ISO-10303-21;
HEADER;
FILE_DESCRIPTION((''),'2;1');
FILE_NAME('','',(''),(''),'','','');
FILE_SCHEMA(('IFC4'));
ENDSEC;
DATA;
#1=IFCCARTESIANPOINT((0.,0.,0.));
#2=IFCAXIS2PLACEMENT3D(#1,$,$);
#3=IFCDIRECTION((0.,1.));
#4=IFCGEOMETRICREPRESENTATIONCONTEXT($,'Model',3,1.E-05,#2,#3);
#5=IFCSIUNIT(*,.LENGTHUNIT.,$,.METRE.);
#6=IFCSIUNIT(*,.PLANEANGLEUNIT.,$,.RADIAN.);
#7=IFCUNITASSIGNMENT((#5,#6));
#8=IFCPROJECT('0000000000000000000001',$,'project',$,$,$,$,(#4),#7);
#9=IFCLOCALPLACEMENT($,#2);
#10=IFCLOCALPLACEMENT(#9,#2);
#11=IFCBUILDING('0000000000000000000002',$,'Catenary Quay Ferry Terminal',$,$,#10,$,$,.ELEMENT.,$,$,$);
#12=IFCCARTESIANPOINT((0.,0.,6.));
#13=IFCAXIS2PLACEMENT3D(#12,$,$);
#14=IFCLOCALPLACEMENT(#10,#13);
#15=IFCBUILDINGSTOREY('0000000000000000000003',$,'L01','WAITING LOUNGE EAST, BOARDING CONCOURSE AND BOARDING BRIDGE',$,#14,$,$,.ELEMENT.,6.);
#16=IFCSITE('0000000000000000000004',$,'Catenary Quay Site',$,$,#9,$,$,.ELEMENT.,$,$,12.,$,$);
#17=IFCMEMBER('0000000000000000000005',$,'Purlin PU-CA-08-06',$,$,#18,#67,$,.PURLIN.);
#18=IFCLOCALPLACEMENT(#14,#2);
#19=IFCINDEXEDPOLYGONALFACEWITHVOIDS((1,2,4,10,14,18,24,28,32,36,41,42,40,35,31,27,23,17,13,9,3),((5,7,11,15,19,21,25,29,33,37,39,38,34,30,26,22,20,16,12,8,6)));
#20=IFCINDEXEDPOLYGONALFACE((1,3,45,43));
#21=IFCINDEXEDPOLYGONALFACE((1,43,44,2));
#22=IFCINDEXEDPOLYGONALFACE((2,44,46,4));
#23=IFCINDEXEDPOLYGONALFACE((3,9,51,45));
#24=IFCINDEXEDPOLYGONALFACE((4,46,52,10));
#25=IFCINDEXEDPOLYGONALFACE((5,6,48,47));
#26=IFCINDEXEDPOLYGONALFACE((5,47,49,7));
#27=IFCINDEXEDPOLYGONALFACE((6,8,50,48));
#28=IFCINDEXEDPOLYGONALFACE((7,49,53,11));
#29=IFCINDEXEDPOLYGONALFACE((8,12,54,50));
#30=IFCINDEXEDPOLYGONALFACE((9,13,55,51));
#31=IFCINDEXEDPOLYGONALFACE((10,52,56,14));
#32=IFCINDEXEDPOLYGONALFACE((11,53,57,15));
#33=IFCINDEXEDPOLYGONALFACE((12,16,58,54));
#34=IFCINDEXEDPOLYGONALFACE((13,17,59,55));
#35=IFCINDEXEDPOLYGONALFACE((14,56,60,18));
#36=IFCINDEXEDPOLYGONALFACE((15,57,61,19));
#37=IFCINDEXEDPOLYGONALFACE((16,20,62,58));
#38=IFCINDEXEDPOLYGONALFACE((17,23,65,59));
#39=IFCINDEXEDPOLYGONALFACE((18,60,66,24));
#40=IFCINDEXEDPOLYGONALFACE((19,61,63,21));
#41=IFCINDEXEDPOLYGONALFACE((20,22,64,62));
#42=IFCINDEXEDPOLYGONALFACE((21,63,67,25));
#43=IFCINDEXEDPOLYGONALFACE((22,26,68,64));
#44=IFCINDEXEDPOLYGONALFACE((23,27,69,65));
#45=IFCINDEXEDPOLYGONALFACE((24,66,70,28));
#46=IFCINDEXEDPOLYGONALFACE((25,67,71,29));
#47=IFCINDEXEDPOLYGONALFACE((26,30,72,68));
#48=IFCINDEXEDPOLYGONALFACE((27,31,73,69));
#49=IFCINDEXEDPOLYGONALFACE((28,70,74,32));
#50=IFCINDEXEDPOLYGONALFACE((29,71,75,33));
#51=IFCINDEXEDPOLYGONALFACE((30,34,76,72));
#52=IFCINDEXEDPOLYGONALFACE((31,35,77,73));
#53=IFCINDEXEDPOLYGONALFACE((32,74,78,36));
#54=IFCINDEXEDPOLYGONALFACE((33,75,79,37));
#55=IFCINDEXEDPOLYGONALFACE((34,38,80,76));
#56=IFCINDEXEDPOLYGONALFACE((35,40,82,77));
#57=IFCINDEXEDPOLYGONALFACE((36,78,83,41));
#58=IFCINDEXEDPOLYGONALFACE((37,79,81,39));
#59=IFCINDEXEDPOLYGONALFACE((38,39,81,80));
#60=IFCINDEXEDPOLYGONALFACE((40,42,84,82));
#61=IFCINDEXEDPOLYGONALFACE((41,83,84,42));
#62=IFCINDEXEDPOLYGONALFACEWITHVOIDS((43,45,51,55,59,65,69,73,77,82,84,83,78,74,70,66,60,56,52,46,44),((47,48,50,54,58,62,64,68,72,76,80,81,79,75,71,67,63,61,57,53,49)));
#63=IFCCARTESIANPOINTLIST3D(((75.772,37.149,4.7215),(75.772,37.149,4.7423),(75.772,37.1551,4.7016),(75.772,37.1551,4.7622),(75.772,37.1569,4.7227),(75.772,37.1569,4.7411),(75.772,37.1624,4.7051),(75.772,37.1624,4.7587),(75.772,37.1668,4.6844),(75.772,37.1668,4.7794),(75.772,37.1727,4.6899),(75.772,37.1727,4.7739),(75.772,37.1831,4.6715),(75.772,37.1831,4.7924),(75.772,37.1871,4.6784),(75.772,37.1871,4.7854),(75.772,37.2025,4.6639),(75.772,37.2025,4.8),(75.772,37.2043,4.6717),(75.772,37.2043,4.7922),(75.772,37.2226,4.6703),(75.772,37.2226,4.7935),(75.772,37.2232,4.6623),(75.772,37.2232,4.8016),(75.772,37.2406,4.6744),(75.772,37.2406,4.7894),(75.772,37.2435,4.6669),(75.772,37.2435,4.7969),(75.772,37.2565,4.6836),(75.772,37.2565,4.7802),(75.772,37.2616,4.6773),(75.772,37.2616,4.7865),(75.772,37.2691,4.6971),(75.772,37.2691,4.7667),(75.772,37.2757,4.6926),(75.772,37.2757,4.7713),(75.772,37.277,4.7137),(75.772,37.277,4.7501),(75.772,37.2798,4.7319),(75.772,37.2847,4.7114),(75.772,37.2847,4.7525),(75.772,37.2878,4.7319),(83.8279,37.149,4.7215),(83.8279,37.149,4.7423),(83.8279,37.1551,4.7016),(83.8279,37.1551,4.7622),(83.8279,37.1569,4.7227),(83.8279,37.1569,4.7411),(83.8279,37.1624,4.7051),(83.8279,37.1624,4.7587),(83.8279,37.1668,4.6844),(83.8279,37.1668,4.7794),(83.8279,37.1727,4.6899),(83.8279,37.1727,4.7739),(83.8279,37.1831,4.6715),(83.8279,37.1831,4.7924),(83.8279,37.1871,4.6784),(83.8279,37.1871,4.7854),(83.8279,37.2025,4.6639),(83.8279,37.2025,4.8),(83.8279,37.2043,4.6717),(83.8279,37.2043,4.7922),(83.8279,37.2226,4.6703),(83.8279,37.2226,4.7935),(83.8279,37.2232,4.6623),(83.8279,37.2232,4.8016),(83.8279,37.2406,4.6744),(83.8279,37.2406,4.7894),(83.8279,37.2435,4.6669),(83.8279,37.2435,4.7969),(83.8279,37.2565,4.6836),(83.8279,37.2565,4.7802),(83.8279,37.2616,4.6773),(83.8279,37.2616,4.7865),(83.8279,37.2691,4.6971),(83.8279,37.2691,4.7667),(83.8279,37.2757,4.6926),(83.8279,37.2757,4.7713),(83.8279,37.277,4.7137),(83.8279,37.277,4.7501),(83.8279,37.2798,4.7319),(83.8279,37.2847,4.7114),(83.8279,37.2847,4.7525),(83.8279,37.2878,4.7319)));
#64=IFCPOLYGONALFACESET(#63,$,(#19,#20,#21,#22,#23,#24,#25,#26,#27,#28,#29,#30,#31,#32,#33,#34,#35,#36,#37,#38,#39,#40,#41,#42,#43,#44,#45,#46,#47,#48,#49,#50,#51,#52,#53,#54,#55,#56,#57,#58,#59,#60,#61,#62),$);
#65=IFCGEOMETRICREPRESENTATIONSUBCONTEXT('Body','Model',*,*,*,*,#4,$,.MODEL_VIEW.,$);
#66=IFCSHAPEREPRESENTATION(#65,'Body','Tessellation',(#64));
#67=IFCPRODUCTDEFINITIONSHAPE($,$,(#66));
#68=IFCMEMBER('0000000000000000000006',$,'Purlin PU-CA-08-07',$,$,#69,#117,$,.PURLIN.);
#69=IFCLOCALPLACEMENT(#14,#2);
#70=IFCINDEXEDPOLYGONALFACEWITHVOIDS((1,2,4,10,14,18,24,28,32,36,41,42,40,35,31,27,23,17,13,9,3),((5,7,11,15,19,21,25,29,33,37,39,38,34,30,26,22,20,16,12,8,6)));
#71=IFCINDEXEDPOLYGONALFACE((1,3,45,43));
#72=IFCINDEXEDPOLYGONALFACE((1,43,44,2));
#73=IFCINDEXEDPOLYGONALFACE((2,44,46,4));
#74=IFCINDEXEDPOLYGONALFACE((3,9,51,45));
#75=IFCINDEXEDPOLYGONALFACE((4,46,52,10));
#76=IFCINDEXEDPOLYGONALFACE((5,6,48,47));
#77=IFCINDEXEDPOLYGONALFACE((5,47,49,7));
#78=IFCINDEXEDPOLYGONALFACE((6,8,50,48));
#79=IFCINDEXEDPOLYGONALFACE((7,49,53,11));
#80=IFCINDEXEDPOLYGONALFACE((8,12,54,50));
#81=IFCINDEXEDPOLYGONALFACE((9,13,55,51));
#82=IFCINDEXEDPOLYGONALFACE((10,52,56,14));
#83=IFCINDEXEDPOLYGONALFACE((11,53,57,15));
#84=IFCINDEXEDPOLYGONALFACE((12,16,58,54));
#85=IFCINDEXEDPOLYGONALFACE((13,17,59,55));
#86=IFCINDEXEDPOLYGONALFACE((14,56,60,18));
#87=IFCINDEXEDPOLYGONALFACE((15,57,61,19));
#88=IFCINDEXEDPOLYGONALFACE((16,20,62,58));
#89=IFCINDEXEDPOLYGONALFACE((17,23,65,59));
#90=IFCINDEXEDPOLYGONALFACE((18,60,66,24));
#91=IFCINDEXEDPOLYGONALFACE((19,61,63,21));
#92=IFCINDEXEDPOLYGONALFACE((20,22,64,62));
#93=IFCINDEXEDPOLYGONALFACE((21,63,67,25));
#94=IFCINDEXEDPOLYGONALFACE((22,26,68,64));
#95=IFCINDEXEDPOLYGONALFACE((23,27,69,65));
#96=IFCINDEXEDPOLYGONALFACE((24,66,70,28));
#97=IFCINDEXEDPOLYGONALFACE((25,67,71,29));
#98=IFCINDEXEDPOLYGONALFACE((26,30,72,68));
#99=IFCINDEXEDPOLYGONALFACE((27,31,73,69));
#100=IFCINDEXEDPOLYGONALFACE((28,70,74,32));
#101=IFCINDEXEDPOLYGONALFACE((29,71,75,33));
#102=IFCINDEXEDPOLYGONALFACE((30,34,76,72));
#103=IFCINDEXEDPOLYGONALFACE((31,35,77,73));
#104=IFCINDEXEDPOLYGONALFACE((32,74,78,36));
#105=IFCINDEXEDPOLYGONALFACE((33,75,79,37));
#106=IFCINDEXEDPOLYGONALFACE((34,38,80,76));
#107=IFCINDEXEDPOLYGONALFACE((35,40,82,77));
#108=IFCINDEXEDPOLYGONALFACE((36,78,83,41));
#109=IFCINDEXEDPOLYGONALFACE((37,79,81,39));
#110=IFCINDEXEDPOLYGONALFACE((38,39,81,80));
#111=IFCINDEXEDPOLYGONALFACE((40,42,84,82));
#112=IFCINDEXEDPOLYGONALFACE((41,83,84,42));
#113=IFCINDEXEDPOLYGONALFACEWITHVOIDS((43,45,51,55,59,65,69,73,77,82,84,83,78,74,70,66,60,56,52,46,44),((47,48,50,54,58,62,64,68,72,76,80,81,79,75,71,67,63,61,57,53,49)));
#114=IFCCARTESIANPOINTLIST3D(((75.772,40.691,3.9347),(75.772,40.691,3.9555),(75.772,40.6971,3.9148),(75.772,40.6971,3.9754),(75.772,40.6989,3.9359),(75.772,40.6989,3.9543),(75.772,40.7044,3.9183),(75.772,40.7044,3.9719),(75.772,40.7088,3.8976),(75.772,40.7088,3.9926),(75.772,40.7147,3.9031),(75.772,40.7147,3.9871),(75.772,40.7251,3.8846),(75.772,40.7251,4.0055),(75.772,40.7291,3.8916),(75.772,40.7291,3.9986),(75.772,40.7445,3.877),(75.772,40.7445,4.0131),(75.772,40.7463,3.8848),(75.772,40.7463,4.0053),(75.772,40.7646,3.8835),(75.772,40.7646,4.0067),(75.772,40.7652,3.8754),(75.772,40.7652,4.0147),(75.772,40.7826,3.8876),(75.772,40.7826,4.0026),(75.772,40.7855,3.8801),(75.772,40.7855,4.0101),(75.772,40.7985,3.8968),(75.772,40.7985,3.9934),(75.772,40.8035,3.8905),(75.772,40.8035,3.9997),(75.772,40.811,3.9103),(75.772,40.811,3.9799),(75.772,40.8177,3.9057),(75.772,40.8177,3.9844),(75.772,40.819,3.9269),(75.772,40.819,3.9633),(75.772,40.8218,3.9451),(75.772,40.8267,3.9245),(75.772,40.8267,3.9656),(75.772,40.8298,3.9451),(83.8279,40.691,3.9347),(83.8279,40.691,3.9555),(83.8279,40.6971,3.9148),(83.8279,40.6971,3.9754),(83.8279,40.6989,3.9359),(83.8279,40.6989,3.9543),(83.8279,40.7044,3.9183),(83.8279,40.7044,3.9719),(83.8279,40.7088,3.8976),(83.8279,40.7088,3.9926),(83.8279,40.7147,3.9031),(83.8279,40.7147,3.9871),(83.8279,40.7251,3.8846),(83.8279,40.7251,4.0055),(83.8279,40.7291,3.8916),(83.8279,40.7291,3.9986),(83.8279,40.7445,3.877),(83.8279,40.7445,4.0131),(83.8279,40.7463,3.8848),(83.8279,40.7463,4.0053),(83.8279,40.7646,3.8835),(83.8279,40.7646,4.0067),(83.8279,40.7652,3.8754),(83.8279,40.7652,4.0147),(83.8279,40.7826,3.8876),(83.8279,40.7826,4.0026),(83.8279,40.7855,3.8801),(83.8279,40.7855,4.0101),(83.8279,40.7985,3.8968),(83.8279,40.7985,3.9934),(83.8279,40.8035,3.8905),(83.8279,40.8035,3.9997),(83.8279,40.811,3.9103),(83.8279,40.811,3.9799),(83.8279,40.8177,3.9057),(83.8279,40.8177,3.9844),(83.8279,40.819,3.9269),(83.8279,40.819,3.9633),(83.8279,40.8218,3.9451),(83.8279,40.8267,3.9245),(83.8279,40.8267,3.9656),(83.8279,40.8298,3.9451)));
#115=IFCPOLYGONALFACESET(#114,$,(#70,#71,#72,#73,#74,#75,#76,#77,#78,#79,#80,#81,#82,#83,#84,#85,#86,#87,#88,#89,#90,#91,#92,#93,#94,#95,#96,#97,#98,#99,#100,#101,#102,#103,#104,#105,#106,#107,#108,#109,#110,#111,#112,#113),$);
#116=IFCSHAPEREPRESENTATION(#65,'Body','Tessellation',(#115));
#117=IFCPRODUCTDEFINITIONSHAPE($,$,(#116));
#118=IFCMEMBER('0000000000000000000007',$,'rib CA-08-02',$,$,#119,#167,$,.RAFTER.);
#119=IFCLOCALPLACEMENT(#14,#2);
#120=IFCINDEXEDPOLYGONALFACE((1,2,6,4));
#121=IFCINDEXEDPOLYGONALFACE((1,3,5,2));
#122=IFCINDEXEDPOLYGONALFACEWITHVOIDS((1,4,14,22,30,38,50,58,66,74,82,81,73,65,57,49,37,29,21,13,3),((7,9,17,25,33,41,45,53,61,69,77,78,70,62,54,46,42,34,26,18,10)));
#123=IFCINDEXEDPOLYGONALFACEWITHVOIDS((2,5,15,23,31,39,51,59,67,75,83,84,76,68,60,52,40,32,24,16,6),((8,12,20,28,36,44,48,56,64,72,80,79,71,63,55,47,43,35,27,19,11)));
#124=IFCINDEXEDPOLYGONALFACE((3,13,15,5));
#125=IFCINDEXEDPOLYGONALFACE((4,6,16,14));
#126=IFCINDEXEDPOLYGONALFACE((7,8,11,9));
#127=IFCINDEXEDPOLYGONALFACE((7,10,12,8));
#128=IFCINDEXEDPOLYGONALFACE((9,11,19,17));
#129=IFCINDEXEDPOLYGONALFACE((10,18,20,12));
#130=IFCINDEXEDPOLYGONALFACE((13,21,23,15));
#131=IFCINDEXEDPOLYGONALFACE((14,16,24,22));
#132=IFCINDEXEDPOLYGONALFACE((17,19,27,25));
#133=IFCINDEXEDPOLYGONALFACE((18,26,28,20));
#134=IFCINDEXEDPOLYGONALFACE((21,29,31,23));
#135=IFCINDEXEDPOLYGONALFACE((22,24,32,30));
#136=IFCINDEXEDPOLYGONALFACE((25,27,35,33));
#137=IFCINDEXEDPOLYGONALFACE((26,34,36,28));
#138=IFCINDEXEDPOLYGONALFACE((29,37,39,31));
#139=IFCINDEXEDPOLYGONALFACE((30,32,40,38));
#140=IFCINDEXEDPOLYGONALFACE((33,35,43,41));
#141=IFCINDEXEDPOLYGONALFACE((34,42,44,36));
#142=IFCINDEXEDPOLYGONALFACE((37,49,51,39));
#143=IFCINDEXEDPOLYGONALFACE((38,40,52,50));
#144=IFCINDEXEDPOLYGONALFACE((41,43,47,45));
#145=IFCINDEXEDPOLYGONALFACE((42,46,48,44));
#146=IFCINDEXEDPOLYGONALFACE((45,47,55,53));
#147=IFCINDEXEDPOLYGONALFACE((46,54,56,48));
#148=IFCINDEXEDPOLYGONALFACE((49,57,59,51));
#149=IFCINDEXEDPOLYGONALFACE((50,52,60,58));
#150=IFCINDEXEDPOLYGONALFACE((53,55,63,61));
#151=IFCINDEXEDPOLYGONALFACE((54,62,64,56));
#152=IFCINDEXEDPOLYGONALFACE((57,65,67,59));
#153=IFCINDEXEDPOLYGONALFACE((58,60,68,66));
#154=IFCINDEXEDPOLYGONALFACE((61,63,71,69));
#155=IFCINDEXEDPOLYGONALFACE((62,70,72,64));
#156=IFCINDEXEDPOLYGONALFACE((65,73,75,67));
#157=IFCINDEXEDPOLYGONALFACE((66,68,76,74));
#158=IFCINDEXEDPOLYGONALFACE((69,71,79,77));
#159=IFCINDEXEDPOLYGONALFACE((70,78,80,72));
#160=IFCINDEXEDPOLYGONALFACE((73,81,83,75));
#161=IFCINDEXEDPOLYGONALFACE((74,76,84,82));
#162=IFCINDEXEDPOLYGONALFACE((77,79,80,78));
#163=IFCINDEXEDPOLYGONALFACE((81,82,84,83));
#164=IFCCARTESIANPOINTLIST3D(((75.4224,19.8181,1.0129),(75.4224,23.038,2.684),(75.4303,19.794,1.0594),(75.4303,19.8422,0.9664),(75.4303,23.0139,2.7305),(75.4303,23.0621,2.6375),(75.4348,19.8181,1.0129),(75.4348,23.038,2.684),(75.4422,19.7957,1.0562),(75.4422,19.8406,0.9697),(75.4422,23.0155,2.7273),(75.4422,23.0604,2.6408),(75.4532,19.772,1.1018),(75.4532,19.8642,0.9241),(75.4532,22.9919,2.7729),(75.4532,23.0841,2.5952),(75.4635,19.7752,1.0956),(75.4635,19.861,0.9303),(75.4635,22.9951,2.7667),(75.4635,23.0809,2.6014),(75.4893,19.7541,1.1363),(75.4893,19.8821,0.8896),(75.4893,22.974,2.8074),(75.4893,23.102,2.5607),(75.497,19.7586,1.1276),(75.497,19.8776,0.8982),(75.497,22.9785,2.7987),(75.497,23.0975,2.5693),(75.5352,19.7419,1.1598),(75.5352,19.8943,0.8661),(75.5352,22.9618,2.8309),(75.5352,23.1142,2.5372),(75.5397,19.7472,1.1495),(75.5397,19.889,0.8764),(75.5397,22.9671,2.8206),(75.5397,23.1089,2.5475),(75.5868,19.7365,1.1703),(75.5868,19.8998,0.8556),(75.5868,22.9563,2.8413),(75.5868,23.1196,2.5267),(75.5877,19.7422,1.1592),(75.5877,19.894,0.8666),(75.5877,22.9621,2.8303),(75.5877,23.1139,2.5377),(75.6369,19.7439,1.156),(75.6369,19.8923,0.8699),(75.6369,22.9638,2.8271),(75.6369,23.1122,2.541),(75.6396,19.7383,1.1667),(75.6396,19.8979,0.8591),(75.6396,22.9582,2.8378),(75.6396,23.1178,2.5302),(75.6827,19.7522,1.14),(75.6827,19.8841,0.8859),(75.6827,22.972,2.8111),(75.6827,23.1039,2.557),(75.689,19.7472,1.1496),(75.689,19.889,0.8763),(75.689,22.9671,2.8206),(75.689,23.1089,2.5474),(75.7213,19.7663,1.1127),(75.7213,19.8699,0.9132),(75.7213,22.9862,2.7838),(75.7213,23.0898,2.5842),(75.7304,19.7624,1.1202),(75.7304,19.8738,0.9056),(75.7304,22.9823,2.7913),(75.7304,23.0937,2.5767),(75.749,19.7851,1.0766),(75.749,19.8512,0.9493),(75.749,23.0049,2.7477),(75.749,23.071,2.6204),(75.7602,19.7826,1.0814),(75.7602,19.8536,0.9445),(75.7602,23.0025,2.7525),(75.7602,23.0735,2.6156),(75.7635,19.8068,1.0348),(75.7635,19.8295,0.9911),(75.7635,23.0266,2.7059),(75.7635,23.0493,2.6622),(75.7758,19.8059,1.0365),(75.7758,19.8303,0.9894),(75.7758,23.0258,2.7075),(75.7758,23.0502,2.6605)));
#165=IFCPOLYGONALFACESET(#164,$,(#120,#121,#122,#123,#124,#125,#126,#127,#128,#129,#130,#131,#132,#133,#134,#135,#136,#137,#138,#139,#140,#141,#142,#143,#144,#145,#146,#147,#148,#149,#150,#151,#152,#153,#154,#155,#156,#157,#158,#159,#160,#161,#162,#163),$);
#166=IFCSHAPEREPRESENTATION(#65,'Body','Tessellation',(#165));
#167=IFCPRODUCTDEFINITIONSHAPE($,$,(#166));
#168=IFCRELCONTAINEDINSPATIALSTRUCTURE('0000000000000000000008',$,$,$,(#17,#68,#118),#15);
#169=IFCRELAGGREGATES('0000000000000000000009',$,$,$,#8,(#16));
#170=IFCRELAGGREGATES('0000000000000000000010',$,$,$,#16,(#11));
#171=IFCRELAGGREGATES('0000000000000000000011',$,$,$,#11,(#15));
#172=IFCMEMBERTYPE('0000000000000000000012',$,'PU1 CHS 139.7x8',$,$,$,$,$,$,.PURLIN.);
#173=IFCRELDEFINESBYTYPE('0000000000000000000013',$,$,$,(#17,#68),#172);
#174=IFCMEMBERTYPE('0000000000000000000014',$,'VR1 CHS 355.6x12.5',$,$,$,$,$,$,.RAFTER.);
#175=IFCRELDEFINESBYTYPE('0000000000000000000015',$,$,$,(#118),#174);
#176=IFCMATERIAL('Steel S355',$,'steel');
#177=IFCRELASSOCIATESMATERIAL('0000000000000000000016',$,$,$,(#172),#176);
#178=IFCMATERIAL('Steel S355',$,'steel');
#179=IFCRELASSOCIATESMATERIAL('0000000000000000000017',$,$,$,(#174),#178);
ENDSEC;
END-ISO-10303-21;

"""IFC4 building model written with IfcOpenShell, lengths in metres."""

from ifc_helpers import new_model, si_unit, direction, frame, origin, origin_2d, place, context, subcontext, project, spatial, hollow_circle, extrude, material, material_profile, profile_set, type_object, element, save


model = new_model("IFC4")

# Units and contexts
model_context = context("Model", 3, precision=1e-05, world=origin(), true_north=direction((0.0, 1.0)))
body_context = subcontext(model_context, "Body", "Model", "MODEL_VIEW")
ifc_project = project(units=[si_unit("LENGTHUNIT", "METRE"), si_unit("PLANEANGLEUNIT", "RADIAN")], contexts=[model_context])

# Site, building, storey
site_placement = place(None, origin())
site = spatial("IfcSite", under=ifc_project, at=site_placement, Name="Catenary Quay Site", CompositionType="ELEMENT", RefElevation=12.0)
building_placement = place(site_placement, origin())
building = spatial("IfcBuilding", under=site, at=building_placement, Name="Catenary Quay Ferry Terminal", CompositionType="ELEMENT")
storey_placement = place(building_placement, frame((0.0, 0.0, 6.0)))
storey = spatial("IfcBuildingStorey", under=building, at=storey_placement, Name="L01", Description="WAITING LOUNGE EAST, BOARDING CONCOURSE AND BOARDING BRIDGE", CompositionType="ELEMENT", Elevation=6.0)

# Members
ifc_material_1 = material(Name="Steel S355", Category="steel")
ifc_material_profile_1 = material_profile(ifc_material_1, hollow_circle(Radius=0.0698, WallThickness=0.0081, at=origin_2d()), Name="CHS 139.7x8")
ifc_profile_set_1 = profile_set([ifc_material_profile_1], Name="Steel S355")
member_type_1 = type_object("IfcMemberType", Name="PU1 CHS 139.7x8", PredefinedType="PURLIN", material=ifc_profile_set_1)
for number, where, z_axis, x_axis, name in (
    (1, (75.772, 37.218, 4.7319), (1.0, 0.0, 0.0), (0.0, 1.0, 0.0), "Purlin PU-CA-08-06"),
    (2, (75.772, 40.76, 3.9451), (1.0, 0.0, 0.0), (0.0, 1.0, 0.0), "Purlin PU-CA-08-07"),
):
    element("IfcMember", number, at=place(storey_placement, frame(where, z_axis=z_axis, x_axis=x_axis)), inside=storey, type_object=member_type_1, Name=name, PredefinedType="PURLIN", context=body_context, shape_type="SweptSolid", body=[
        extrude(hollow_circle(Radius=0.0698, WallThickness=0.0081, at=origin_2d()), origin(), (0.0, 0.0, 1.0), 8.0559),
    ])
ifc_material_2 = material(Name="Steel S355", Category="steel")
ifc_material_profile_2 = material_profile(ifc_material_2, hollow_circle(Radius=0.1777, WallThickness=0.0125, at=origin_2d()), Name="CHS 355.6x12.5")
ifc_profile_set_2 = profile_set([ifc_material_profile_2], Name="Steel S355")
member_type_2 = type_object("IfcMemberType", Name="VR1 CHS 355.6x12.5", PredefinedType="RAFTER", material=ifc_profile_set_2)
member_1_placement = place(storey_placement, frame((75.6001, 19.8181, 1.0129), z_axis=(0.0, 0.887582, 0.460649), x_axis=(-1.0, 0.0, 0.0)))
element("IfcMember", 3, at=member_1_placement, inside=storey, type_object=member_type_2, Name="rib CA-08-02", PredefinedType="RAFTER", context=body_context, shape_type="SweptSolid", body=[
    extrude(hollow_circle(Radius=0.1777, WallThickness=0.0125, at=origin_2d()), origin(), (0.0, 0.0, 1.0), 3.6277),
])

save(model, "model.ifc")
